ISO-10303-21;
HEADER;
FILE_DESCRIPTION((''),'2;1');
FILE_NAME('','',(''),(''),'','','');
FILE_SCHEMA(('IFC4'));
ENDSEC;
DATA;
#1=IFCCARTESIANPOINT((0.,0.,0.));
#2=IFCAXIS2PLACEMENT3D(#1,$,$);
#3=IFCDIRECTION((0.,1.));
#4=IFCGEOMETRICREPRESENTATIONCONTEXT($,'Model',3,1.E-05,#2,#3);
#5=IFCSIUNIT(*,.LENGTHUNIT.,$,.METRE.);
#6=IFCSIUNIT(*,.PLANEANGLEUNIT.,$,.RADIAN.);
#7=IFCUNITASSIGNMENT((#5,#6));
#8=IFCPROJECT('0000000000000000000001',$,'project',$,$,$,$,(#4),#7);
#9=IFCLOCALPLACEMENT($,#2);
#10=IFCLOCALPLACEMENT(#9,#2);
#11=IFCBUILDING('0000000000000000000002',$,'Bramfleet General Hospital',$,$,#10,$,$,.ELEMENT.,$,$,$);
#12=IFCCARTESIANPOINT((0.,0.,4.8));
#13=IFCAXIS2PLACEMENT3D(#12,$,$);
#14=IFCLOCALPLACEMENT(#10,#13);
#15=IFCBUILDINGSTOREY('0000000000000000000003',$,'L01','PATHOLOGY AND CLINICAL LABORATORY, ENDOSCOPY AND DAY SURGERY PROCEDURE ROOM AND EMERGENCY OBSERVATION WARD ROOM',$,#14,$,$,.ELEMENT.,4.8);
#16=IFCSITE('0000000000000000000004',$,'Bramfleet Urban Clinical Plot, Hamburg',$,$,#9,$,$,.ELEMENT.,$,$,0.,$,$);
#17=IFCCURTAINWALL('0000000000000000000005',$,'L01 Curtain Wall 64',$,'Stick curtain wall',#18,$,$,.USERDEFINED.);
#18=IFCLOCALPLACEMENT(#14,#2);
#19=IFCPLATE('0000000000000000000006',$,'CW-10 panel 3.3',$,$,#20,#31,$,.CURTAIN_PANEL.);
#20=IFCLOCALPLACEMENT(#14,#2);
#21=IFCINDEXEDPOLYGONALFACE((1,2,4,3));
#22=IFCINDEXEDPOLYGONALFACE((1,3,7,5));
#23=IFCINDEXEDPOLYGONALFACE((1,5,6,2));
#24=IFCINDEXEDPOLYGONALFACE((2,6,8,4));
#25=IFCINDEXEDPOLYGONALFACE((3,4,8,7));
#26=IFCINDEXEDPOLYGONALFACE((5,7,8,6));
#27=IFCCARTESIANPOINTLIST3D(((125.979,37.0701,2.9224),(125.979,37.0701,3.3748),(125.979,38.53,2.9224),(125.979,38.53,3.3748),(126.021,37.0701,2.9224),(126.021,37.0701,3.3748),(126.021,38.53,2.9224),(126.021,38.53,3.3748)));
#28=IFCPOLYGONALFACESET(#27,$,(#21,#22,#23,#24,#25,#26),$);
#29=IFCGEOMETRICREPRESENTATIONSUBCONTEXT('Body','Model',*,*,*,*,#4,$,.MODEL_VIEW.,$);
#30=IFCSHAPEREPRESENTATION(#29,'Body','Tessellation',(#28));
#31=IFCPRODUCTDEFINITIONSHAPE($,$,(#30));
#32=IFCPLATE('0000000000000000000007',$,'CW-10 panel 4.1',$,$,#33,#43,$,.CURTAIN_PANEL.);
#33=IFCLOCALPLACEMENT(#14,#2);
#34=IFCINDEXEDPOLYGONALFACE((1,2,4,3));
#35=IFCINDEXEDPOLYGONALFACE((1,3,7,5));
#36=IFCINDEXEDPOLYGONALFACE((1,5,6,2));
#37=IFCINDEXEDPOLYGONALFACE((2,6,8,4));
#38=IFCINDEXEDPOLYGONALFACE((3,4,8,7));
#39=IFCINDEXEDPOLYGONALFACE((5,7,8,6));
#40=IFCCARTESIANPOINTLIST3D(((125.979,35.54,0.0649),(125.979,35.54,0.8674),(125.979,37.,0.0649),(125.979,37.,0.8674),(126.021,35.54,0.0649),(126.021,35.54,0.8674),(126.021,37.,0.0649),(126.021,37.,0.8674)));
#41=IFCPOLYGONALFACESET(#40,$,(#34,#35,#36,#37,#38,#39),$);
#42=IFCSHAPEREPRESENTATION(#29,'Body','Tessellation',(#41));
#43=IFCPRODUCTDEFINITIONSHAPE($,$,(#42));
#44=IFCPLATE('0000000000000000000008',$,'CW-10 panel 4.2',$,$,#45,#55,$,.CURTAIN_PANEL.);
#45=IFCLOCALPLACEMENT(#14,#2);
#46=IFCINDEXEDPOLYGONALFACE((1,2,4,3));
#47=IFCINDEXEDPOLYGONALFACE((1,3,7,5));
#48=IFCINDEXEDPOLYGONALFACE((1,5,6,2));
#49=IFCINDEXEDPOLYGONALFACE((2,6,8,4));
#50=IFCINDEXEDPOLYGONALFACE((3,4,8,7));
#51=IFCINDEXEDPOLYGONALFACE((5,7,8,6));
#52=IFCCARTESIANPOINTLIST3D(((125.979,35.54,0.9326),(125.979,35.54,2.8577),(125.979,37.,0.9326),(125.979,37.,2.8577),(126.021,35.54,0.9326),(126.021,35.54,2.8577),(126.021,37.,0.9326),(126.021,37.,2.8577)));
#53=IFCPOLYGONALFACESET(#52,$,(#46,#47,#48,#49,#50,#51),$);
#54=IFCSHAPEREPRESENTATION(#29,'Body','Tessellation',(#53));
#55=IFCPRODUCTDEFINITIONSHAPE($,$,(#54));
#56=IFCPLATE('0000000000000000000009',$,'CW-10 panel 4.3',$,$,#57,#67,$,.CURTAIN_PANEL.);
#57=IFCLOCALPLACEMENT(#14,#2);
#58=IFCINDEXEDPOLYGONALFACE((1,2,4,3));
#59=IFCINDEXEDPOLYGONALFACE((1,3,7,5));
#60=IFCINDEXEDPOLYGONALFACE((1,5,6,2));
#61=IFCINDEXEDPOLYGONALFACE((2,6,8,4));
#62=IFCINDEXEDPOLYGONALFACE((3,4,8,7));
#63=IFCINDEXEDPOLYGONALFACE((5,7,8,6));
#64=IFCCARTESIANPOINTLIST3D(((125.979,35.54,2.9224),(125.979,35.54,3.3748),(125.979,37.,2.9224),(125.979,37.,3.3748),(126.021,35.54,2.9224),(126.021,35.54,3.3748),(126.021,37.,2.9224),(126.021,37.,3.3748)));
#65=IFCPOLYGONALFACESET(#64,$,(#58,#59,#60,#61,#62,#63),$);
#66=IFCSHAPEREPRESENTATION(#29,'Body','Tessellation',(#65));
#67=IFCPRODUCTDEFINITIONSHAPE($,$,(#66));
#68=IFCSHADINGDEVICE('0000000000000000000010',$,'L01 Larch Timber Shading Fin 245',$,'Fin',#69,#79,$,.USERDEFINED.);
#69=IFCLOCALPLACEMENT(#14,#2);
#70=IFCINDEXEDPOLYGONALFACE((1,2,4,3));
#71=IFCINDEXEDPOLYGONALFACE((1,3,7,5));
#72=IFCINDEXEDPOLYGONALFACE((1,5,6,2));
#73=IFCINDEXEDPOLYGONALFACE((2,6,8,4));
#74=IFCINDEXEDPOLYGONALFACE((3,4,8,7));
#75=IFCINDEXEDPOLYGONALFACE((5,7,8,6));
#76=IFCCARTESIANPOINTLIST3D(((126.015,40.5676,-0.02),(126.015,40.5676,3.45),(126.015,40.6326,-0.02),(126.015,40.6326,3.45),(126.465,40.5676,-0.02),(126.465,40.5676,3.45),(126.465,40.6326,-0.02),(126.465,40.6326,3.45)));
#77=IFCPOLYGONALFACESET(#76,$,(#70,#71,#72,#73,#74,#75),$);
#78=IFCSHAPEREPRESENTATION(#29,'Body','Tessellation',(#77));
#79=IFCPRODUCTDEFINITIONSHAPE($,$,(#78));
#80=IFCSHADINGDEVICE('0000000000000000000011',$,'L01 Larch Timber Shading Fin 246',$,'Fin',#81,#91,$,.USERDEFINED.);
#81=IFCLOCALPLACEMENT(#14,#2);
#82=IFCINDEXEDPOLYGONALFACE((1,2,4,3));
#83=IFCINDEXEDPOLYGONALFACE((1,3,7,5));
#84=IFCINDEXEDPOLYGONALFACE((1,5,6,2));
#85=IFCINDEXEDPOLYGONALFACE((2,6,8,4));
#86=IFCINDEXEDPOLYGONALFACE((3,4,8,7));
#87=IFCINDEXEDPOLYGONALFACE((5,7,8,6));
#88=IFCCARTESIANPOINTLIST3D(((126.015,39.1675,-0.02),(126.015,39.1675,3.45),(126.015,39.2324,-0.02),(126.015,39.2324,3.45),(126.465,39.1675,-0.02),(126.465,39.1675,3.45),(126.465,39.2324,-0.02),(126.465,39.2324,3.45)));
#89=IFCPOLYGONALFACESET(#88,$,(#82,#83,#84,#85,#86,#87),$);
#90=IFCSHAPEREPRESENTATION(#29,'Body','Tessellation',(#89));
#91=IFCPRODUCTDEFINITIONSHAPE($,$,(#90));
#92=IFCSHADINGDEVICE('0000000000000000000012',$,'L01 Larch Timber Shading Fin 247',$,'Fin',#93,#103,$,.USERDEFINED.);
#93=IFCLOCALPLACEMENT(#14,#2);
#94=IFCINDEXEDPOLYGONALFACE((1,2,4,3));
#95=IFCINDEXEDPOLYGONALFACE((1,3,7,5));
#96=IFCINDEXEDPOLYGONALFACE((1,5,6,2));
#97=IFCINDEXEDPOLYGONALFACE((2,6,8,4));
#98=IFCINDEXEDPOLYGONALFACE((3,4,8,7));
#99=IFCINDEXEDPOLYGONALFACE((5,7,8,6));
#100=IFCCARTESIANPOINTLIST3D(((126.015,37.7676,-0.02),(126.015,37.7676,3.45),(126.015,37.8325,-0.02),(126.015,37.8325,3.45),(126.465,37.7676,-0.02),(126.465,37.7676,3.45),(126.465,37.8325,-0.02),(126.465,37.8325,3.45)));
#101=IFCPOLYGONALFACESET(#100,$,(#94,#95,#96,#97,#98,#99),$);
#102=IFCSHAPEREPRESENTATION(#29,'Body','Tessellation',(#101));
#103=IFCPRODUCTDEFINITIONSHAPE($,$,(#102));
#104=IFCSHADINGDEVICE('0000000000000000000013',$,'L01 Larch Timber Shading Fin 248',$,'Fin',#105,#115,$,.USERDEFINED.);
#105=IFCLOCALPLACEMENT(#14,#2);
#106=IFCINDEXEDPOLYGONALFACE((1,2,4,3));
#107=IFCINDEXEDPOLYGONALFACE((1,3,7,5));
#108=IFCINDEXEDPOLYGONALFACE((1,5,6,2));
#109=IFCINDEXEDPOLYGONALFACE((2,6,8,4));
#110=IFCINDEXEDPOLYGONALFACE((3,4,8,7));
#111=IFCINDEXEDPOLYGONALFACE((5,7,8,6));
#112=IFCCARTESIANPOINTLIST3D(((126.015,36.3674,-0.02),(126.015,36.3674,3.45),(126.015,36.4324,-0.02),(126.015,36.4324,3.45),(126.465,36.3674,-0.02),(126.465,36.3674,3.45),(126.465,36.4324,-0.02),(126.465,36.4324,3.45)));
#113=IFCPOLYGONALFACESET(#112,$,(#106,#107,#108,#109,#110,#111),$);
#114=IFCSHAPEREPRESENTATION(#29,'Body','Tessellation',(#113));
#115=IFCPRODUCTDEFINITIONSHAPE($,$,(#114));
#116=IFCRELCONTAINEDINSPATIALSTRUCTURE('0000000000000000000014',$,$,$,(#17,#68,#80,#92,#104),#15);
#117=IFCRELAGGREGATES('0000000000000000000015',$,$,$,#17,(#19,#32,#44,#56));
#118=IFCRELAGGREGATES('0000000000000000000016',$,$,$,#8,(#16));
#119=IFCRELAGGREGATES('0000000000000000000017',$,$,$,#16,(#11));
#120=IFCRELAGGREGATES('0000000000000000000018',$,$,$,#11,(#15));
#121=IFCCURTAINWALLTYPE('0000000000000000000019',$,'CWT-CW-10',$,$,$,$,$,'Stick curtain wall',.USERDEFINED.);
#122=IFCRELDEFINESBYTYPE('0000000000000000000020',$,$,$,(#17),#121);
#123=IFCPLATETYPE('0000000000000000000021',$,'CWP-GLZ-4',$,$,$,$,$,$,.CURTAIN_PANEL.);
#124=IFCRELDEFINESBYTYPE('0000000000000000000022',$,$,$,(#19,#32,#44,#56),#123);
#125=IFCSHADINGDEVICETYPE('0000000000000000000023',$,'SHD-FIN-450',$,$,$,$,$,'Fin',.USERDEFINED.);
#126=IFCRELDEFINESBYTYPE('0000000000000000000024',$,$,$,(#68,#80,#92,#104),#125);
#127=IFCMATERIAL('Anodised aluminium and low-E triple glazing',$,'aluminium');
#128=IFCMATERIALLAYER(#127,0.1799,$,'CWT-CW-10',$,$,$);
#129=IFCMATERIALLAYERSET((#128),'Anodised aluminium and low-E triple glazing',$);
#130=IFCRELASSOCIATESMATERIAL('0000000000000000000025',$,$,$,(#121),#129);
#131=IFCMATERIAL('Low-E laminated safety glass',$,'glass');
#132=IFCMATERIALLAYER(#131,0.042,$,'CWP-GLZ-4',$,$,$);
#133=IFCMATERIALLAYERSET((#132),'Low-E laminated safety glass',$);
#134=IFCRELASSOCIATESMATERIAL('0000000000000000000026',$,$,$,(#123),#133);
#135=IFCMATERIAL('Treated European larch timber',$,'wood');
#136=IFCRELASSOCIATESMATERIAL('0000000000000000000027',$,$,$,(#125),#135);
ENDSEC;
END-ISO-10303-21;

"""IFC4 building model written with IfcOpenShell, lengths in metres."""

from ifc_helpers import new_model, si_unit, direction, frame, origin, origin_2d, place, context, subcontext, project, spatial, rectangle, extrude, material, layer, layer_set, material_profile, profile_set, type_object, element, aggregate, save


model = new_model("IFC4")

# Units and contexts
model_context = context("Model", 3, precision=1e-05, world=origin(), true_north=direction((0.0, 1.0)))
body_context = subcontext(model_context, "Body", "Model", "MODEL_VIEW")
ifc_project = project(units=[si_unit("LENGTHUNIT", "METRE"), si_unit("PLANEANGLEUNIT", "RADIAN")], contexts=[model_context])

# Site, building, storey
site_placement = place(None, origin())
site = spatial("IfcSite", under=ifc_project, at=site_placement, Name="Bramfleet Urban Clinical Plot, Hamburg", CompositionType="ELEMENT", RefElevation=0.0)
building_placement = place(site_placement, origin())
building = spatial("IfcBuilding", under=site, at=building_placement, Name="Bramfleet General Hospital", CompositionType="ELEMENT")
storey_placement = place(building_placement, frame((0.0, 0.0, 4.8)))
storey = spatial("IfcBuildingStorey", under=building, at=storey_placement, Name="L01", Description="PATHOLOGY AND CLINICAL LABORATORY, ENDOSCOPY AND DAY SURGERY PROCEDURE ROOM AND EMERGENCY OBSERVATION WARD ROOM", CompositionType="ELEMENT", Elevation=4.8)

# Curtain wall, plates
ifc_material_1 = material(Name="Anodised aluminium and low-E triple glazing", Category="aluminium")
ifc_layer_1 = layer(ifc_material_1, 0.1799, Name="CWT-CW-10")
ifc_layer_set_1 = layer_set([ifc_layer_1], Name="Anodised aluminium and low-E triple glazing")
curtain_wall_type = type_object("IfcCurtainWallType", Name="CWT-CW-10", ElementType="Stick curtain wall", PredefinedType="USERDEFINED", material=ifc_layer_set_1)
curtain_wall_placement = place(storey_placement, origin())
curtain_wall = element("IfcCurtainWall", 1, at=curtain_wall_placement, inside=storey, type_object=curtain_wall_type, Name="L01 Curtain Wall 64", ObjectType="Stick curtain wall", PredefinedType="USERDEFINED")
ifc_material_2 = material(Name="Low-E laminated safety glass", Category="glass")
ifc_layer_2 = layer(ifc_material_2, 0.042, Name="CWP-GLZ-4")
ifc_layer_set_2 = layer_set([ifc_layer_2], Name="Low-E laminated safety glass")
plate_type = type_object("IfcPlateType", Name="CWP-GLZ-4", PredefinedType="CURTAIN_PANEL", material=ifc_layer_set_2)
plate_1_placement = place(storey_placement, frame((126.0, 37.8, 2.9224), z_axis=(0.0, 0.0, 1.0), x_axis=(0.0, -1.0, 0.0)))
plate_1 = element("IfcPlate", 2, at=plate_1_placement, type_object=plate_type, Name="CW-10 panel 3.3", PredefinedType="CURTAIN_PANEL", context=body_context, shape_type="SweptSolid", body=[
    extrude(rectangle(XDim=1.46, YDim=0.042, at=origin_2d()), origin(), (0.0, 0.0, 1.0), 0.4524),
])
plate_2_placement = place(storey_placement, frame((126.0, 36.27, 0.0649), z_axis=(0.0, 0.0, 1.0), x_axis=(0.0, -1.0, 0.0)))
plate_2 = element("IfcPlate", 3, at=plate_2_placement, type_object=plate_type, Name="CW-10 panel 4.1", PredefinedType="CURTAIN_PANEL", context=body_context, shape_type="SweptSolid", body=[
    extrude(rectangle(XDim=1.46, YDim=0.042, at=origin_2d()), origin(), (0.0, 0.0, 1.0), 0.8025),
])
plate_3_placement = place(storey_placement, frame((126.0, 36.27, 0.9326), z_axis=(0.0, 0.0, 1.0), x_axis=(0.0, -1.0, 0.0)))
plate_3 = element("IfcPlate", 4, at=plate_3_placement, type_object=plate_type, Name="CW-10 panel 4.2", PredefinedType="CURTAIN_PANEL", context=body_context, shape_type="SweptSolid", body=[
    extrude(rectangle(XDim=1.46, YDim=0.042, at=origin_2d()), origin(), (0.0, 0.0, 1.0), 1.925),
])
plate_4_placement = place(storey_placement, frame((126.0, 36.27, 2.9224), z_axis=(0.0, 0.0, 1.0), x_axis=(0.0, -1.0, 0.0)))
plate_4 = element("IfcPlate", 5, at=plate_4_placement, type_object=plate_type, Name="CW-10 panel 4.3", PredefinedType="CURTAIN_PANEL", context=body_context, shape_type="SweptSolid", body=[
    extrude(rectangle(XDim=1.46, YDim=0.042, at=origin_2d()), origin(), (0.0, 0.0, 1.0), 0.4524),
])
aggregate(curtain_wall, [plate_1, plate_2, plate_3, plate_4])

# Shading devices
ifc_material_3 = material(Name="Treated European larch timber", Category="wood")
ifc_material_profile_1 = material_profile(ifc_material_3, rectangle(XDim=0.0649, YDim=0.45, at=origin_2d()), Name="LARCH FIN 450x65")
ifc_profile_set_1 = profile_set([ifc_material_profile_1], Name="Treated European larch timber")
shading_device_type = type_object("IfcShadingDeviceType", Name="SHD-FIN-450", ElementType="Fin", PredefinedType="USERDEFINED", material=ifc_profile_set_1)
for number, where, z_axis, x_axis, name in (
    (6, (126.24, 40.6001, -0.02), (0.0, 0.0, 1.0), (0.0, -1.0, 0.0), "L01 Larch Timber Shading Fin 245"),
    (7, (126.24, 39.2, -0.02), (0.0, 0.0, 1.0), (0.0, -1.0, 0.0), "L01 Larch Timber Shading Fin 246"),
    (8, (126.24, 37.8, -0.02), (0.0, 0.0, 1.0), (0.0, -1.0, 0.0), "L01 Larch Timber Shading Fin 247"),
    (9, (126.24, 36.3999, -0.02), (0.0, 0.0, 1.0), (0.0, -1.0, 0.0), "L01 Larch Timber Shading Fin 248"),
):
    element("IfcShadingDevice", number, at=place(storey_placement, frame(where, z_axis=z_axis, x_axis=x_axis)), inside=storey, type_object=shading_device_type, Name=name, ObjectType="Fin", PredefinedType="USERDEFINED", context=body_context, shape_type="SweptSolid", body=[
        extrude(rectangle(XDim=0.0649, YDim=0.45, at=origin_2d()), origin(), (0.0, 0.0, 1.0), 3.47),
    ])

save(model, "model.ifc")
